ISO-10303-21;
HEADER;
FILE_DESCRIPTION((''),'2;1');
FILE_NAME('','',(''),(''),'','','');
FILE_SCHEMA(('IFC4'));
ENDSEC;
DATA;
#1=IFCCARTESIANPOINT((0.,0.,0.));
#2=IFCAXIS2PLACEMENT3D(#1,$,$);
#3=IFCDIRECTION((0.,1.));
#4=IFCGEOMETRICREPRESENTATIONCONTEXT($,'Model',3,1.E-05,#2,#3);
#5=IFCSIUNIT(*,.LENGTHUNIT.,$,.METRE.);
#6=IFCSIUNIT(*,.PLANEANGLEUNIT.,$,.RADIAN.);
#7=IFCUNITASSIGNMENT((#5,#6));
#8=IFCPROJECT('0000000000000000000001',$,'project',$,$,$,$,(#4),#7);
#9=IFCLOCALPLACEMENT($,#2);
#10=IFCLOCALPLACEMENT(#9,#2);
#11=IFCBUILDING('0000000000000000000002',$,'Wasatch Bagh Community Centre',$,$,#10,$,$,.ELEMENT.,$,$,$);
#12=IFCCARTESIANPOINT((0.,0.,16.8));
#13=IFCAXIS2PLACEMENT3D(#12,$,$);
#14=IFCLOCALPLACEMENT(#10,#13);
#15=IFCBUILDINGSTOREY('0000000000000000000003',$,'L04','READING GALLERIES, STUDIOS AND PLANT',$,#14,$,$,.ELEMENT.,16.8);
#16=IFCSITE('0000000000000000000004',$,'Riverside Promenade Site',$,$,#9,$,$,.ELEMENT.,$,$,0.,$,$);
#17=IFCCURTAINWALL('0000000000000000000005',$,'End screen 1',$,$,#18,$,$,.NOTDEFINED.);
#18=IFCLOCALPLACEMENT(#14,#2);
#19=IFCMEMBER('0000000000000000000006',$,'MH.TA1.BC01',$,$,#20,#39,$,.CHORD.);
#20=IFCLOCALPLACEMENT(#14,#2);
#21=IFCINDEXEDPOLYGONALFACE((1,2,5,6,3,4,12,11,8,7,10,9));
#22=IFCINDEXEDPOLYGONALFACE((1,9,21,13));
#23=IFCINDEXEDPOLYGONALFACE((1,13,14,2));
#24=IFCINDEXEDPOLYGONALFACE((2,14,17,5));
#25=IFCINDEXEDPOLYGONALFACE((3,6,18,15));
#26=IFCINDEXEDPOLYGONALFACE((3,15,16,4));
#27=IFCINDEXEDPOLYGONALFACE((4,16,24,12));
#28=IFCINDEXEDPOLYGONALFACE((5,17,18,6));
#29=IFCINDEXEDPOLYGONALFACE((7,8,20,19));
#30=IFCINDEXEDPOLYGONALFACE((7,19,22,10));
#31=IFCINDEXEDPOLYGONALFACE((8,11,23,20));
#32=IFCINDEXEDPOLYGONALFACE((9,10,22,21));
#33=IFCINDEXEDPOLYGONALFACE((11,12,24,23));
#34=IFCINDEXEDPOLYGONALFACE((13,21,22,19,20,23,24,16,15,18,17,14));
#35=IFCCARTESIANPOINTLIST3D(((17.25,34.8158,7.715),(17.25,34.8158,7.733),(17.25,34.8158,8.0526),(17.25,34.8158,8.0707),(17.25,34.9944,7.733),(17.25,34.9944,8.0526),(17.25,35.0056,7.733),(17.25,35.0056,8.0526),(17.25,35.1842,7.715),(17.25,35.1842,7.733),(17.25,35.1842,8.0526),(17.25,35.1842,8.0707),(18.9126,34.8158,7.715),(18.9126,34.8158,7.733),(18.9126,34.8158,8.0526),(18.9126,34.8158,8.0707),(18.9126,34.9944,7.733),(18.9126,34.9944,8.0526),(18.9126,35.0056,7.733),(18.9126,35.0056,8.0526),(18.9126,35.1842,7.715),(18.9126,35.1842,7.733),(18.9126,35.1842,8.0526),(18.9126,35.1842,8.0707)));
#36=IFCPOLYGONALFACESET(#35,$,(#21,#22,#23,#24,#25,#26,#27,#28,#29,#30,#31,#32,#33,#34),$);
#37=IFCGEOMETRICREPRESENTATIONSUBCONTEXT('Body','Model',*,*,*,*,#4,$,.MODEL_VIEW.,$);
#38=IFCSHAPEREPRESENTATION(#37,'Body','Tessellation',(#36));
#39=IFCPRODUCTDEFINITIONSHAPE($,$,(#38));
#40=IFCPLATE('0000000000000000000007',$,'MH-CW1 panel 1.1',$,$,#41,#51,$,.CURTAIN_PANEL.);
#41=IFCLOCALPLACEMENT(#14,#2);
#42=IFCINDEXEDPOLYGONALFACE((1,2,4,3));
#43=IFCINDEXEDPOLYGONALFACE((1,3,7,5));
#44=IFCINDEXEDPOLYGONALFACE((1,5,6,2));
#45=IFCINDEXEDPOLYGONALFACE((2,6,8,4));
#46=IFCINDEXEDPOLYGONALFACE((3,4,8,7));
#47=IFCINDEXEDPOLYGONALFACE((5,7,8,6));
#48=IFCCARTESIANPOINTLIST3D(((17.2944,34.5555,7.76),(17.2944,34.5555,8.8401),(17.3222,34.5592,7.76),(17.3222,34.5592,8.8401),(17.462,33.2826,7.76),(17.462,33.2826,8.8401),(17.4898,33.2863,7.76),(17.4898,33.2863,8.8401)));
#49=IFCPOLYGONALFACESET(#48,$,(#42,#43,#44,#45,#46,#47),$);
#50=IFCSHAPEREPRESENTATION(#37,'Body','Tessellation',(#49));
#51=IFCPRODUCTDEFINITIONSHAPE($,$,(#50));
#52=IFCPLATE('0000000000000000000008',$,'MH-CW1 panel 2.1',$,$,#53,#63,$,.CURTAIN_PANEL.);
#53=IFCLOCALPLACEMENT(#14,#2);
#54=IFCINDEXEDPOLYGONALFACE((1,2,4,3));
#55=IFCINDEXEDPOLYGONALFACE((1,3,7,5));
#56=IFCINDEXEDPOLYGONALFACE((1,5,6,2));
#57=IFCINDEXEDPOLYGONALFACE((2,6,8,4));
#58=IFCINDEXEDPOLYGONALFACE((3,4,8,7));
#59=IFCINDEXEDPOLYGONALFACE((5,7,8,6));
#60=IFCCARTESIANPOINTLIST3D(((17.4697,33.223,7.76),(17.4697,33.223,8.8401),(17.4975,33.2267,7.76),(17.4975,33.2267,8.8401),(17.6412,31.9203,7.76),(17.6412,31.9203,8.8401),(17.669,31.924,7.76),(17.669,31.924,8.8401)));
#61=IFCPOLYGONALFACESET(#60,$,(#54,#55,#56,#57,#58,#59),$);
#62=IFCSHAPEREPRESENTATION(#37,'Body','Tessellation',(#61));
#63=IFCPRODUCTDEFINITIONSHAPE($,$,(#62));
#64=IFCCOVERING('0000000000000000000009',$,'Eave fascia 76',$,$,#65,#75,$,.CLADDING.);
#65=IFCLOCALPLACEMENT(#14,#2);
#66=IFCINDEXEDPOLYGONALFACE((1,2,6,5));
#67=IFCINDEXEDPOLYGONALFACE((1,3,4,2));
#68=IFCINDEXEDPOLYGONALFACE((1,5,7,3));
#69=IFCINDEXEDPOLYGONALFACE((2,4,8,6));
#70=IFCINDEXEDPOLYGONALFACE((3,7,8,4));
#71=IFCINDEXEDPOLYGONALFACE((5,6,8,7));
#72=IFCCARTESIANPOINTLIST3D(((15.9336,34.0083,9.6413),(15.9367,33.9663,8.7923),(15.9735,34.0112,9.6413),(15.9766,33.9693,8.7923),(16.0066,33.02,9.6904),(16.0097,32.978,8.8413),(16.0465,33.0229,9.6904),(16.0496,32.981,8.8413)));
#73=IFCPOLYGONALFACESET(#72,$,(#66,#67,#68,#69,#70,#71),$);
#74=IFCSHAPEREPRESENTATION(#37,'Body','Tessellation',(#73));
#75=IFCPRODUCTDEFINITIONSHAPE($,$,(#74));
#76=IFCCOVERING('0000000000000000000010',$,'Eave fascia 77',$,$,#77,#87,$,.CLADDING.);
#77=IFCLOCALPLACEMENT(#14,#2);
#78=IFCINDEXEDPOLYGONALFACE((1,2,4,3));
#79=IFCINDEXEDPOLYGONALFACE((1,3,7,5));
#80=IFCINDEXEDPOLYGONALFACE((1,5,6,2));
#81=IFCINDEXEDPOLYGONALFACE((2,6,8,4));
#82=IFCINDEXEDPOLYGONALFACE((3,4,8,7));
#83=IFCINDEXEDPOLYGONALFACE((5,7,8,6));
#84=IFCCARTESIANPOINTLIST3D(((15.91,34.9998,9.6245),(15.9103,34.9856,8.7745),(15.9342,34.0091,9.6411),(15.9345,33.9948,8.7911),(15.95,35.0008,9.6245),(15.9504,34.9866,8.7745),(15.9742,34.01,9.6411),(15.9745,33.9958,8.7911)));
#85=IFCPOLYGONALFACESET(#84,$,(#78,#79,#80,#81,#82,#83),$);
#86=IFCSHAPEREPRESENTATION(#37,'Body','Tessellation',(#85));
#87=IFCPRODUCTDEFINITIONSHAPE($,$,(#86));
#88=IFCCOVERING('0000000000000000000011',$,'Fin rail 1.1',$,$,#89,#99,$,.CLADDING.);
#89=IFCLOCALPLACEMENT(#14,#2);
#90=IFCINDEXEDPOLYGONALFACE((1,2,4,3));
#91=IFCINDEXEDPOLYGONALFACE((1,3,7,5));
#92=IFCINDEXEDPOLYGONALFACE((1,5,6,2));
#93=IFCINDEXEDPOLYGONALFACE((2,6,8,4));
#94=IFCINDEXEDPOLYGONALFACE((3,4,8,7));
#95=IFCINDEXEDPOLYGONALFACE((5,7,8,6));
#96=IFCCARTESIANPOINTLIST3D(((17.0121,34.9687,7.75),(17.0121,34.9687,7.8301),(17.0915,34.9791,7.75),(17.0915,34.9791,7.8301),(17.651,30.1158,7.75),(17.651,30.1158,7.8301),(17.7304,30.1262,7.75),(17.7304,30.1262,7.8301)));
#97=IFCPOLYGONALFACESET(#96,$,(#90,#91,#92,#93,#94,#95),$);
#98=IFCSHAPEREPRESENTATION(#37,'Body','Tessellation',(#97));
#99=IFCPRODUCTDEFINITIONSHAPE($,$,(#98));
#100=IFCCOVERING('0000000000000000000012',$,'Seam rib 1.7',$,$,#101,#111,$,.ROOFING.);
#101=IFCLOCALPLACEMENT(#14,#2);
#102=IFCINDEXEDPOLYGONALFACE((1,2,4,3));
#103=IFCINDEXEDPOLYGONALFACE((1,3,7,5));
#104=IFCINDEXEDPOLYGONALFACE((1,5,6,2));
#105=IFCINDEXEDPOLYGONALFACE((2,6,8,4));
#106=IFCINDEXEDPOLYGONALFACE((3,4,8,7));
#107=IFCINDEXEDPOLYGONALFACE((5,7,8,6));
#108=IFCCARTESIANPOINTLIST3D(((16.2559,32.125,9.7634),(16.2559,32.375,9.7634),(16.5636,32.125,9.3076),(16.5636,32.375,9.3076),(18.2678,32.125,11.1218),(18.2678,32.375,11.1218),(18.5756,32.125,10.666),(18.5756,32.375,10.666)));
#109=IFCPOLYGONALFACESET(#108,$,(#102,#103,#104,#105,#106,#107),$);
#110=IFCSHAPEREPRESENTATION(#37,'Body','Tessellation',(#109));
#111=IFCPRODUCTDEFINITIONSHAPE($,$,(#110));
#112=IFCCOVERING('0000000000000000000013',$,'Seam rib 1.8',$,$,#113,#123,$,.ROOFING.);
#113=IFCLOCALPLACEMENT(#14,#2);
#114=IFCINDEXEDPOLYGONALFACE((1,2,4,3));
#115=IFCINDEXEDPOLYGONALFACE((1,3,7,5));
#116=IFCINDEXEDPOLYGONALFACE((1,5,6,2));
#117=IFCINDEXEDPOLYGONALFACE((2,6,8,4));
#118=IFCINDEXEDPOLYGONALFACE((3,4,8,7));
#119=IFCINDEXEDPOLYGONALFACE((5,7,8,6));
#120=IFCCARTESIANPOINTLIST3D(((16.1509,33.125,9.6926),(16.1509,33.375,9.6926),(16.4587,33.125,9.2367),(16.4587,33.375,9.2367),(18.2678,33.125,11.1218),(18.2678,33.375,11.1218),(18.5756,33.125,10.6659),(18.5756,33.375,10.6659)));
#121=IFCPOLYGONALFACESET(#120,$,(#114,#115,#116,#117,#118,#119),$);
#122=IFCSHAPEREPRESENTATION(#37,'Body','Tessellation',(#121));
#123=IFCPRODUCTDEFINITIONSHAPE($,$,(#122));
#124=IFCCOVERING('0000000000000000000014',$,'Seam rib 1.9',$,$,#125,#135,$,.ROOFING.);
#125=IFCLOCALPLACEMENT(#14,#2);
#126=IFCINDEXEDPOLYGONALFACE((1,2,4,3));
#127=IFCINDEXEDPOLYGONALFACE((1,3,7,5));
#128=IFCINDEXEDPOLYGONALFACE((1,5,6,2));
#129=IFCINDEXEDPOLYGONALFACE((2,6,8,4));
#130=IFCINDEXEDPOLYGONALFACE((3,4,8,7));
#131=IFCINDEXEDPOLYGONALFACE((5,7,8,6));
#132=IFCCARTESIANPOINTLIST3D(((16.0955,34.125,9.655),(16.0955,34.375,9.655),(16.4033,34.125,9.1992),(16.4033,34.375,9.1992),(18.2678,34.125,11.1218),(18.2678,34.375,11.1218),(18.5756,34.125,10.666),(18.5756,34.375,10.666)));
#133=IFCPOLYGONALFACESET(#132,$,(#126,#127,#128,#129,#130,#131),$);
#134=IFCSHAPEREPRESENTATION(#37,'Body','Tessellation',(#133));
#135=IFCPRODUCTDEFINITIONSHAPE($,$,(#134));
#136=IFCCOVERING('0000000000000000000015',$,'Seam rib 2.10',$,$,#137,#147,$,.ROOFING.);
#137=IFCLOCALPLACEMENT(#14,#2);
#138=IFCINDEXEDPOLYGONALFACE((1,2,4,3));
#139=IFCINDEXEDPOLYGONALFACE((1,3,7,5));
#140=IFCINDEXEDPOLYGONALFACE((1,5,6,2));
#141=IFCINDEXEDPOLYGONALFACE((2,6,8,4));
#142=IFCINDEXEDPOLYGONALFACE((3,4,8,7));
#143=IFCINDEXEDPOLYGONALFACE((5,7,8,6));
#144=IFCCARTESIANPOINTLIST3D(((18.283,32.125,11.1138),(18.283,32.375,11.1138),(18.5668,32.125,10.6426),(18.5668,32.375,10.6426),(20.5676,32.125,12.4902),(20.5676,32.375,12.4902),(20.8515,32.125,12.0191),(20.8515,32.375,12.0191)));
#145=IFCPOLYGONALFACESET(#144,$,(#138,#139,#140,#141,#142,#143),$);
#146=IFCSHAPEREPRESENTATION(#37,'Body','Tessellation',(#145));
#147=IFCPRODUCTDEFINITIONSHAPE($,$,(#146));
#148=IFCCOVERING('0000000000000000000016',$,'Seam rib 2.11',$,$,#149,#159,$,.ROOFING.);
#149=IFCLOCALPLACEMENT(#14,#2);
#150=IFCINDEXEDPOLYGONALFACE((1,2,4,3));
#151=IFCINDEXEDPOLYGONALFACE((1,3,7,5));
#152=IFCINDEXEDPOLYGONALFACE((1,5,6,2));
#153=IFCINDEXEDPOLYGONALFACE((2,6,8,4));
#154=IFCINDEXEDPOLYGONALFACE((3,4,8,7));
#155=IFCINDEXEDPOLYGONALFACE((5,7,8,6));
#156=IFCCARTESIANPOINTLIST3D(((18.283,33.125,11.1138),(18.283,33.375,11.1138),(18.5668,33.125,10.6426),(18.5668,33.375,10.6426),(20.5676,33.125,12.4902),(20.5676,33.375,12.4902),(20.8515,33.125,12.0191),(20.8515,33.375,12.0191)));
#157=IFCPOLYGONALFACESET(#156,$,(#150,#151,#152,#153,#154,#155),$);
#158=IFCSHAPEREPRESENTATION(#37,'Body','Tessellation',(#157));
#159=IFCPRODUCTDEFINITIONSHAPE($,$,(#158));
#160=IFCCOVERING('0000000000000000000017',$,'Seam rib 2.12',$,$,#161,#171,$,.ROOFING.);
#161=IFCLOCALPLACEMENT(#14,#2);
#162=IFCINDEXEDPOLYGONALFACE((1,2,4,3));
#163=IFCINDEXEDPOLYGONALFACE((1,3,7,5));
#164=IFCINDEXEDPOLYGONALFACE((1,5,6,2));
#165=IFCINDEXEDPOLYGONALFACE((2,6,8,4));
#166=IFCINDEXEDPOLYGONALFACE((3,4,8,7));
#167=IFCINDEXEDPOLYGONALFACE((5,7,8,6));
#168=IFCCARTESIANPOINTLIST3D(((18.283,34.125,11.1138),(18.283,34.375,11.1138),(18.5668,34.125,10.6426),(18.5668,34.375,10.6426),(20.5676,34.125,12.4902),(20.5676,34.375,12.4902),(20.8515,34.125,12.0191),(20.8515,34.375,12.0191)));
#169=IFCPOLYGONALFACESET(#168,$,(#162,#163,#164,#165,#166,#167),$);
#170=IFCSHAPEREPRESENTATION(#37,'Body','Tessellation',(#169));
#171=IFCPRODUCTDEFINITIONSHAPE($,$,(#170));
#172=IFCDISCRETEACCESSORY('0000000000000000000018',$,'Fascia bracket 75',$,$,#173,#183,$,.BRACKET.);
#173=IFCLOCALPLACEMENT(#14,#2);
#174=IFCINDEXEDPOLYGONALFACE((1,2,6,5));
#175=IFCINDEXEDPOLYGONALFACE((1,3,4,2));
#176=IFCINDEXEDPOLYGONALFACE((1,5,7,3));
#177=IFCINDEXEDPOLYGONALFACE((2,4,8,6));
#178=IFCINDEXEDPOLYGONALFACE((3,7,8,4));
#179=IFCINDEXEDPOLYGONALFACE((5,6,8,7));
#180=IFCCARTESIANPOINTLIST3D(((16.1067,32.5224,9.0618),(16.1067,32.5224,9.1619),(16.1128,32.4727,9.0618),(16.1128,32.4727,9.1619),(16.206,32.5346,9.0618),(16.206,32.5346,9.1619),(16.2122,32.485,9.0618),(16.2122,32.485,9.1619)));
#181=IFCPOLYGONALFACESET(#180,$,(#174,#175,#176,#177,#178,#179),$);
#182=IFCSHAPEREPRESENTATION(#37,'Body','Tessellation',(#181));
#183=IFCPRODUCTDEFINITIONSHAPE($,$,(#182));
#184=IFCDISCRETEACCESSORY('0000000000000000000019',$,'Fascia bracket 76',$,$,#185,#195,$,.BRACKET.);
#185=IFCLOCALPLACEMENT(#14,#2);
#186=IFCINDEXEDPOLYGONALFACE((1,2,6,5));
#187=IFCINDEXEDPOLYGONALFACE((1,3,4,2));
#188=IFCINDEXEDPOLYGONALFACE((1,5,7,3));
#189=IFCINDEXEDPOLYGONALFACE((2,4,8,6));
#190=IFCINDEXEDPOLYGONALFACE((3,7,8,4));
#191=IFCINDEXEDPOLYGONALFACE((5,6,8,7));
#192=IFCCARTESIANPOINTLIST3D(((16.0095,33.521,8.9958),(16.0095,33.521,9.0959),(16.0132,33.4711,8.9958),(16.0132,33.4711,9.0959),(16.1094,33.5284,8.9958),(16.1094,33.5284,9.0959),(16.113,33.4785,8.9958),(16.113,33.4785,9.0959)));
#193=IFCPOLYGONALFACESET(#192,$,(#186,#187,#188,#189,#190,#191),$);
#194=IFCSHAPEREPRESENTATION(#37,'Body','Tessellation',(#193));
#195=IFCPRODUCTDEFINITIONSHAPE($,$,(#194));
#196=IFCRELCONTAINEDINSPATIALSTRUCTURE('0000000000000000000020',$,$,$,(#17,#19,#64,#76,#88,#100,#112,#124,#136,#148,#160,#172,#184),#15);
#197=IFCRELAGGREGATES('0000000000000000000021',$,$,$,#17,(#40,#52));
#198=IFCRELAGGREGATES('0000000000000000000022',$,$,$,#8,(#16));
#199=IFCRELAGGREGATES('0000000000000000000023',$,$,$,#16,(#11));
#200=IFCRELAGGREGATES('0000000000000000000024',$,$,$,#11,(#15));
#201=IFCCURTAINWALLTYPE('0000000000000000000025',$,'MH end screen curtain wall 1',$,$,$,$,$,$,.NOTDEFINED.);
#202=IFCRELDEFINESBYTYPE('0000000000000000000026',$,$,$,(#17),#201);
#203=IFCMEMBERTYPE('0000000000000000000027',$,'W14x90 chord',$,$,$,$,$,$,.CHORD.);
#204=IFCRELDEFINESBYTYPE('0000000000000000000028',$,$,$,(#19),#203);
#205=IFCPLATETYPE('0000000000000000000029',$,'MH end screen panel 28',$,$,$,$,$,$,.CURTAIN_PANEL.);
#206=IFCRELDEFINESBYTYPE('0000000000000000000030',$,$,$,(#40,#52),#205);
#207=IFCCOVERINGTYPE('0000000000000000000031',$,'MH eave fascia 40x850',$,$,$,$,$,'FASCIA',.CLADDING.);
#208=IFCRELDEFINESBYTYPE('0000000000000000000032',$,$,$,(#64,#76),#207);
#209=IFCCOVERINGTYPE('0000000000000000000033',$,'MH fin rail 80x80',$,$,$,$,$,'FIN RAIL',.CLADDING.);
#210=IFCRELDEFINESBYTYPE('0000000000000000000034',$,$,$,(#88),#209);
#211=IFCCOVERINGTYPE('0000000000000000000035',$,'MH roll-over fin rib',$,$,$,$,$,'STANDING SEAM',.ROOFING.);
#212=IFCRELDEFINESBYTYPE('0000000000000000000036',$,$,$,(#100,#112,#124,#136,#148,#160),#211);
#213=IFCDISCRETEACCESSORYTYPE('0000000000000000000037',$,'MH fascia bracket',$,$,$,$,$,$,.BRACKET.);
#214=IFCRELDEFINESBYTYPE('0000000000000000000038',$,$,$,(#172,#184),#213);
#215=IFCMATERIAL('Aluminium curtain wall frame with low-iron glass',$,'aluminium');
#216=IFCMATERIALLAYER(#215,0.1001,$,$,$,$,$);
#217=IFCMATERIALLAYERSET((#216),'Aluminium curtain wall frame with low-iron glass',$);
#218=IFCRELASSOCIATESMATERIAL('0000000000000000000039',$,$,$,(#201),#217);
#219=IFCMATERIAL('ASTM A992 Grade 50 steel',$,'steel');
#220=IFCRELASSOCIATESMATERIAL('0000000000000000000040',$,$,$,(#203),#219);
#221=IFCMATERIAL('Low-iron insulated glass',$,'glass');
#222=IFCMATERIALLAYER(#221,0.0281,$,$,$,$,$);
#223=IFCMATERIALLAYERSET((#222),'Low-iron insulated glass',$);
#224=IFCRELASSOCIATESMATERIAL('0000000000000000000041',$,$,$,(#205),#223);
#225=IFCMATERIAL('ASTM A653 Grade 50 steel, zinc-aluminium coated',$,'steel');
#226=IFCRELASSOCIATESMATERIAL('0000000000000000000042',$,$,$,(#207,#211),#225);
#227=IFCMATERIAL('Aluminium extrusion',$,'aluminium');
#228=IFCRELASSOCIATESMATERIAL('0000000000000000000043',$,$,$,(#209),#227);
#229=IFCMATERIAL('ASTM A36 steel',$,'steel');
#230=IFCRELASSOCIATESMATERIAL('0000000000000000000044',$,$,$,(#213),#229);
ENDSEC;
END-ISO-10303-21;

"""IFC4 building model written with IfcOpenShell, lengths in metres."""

from ifc_helpers import new_model, si_unit, direction, frame, origin, origin_2d, place, context, subcontext, project, spatial, polyline, rectangle, i_section, outline, extrude, material, layer, layer_set, material_profile, profile_set, type_object, element, aggregate, save


model = new_model("IFC4")

# Units and contexts
model_context = context("Model", 3, precision=1e-05, world=origin(), true_north=direction((0.0, 1.0)))
body_context = subcontext(model_context, "Body", "Model", "MODEL_VIEW")
ifc_project = project(units=[si_unit("LENGTHUNIT", "METRE"), si_unit("PLANEANGLEUNIT", "RADIAN")], contexts=[model_context])

# Site, building, storey
site_placement = place(None, origin())
site = spatial("IfcSite", under=ifc_project, at=site_placement, Name="Riverside Promenade Site", CompositionType="ELEMENT", RefElevation=0.0)
building_placement = place(site_placement, origin())
building = spatial("IfcBuilding", under=site, at=building_placement, Name="Wasatch Bagh Community Centre", CompositionType="ELEMENT")
storey_placement = place(building_placement, frame((0.0, 0.0, 16.8)))
storey = spatial("IfcBuildingStorey", under=building, at=storey_placement, Name="L04", Description="READING GALLERIES, STUDIOS AND PLANT", CompositionType="ELEMENT", Elevation=16.8)

# Curtain wall
ifc_material_1 = material(Name="Aluminium curtain wall frame with low-iron glass", Category="aluminium")
ifc_layer_1 = layer(ifc_material_1, 0.1001)
ifc_layer_set_1 = layer_set([ifc_layer_1], Name="Aluminium curtain wall frame with low-iron glass")
curtain_wall_type = type_object("IfcCurtainWallType", Name="MH end screen curtain wall 1", PredefinedType="NOTDEFINED", material=ifc_layer_set_1)
curtain_wall_placement = place(storey_placement, origin())
curtain_wall = element("IfcCurtainWall", 1, at=curtain_wall_placement, inside=storey, type_object=curtain_wall_type, Name="End screen 1", PredefinedType="NOTDEFINED")
ifc_material_2 = material(Name="Aluminium extrusion", Category="aluminium")

# Member
ifc_material_3 = material(Name="ASTM A992 Grade 50 steel", Category="steel")
ifc_material_profile_1 = material_profile(ifc_material_3, i_section(OverallWidth=0.3684, OverallDepth=0.3557, WebThickness=0.0112, FlangeThickness=0.0181, at=origin_2d()), Name="W14x90")
ifc_profile_set_1 = profile_set([ifc_material_profile_1], Name="ASTM A992 Grade 50 steel")
member_type_1 = type_object("IfcMemberType", Name="W14x90 chord", PredefinedType="CHORD", material=ifc_profile_set_1)
member_1_placement = place(storey_placement, frame((17.25, 35.0, 7.8928), z_axis=(1.0, 0.0, 0.0), x_axis=(0.0, 1.0, 0.0)))
element("IfcMember", 2, at=member_1_placement, inside=storey, type_object=member_type_1, Name="MH.TA1.BC01", PredefinedType="CHORD", context=body_context, shape_type="SweptSolid", body=[
    extrude(i_section(OverallWidth=0.3684, OverallDepth=0.3557, WebThickness=0.0112, FlangeThickness=0.0181, at=origin_2d()), origin(), (0.0, 0.0, 1.0), 1.6626),
])

# Plates
ifc_material_4 = material(Name="Low-iron insulated glass", Category="glass")
ifc_layer_2 = layer(ifc_material_4, 0.0281)
ifc_layer_set_2 = layer_set([ifc_layer_2], Name="Low-iron insulated glass")
plate_type = type_object("IfcPlateType", Name="MH end screen panel 28", PredefinedType="CURTAIN_PANEL", material=ifc_layer_set_2)
plate_1_placement = place(storey_placement, frame((17.3921, 33.9209, 7.76), z_axis=(0.0, 0.0, 1.0), x_axis=(0.130526, -0.991445, 0.0)))
plate_1 = element("IfcPlate", 3, at=plate_1_placement, type_object=plate_type, Name="MH-CW1 panel 1.1", PredefinedType="CURTAIN_PANEL", context=body_context, shape_type="SweptSolid", body=[
    extrude(rectangle(XDim=1.2839, YDim=0.0281, at=origin_2d()), origin(), (0.0, 0.0, 1.0), 1.0801),
])
plate_2_placement = place(storey_placement, frame((17.5693, 32.5735, 7.76), z_axis=(0.0, 0.0, 1.0), x_axis=(0.130526, -0.991445, 0.0)))
plate_2 = element("IfcPlate", 4, at=plate_2_placement, type_object=plate_type, Name="MH-CW1 panel 2.1", PredefinedType="CURTAIN_PANEL", context=body_context, shape_type="SweptSolid", body=[
    extrude(rectangle(XDim=1.314, YDim=0.0281, at=origin_2d()), origin(), (0.0, 0.0, 1.0), 1.0801),
])
aggregate(curtain_wall, [plate_1, plate_2])

# Coverings
ifc_material_5 = material(Name="ASTM A653 Grade 50 steel, zinc-aluminium coated", Category="steel")
ifc_material_profile_2 = material_profile(ifc_material_5, rectangle(XDim=0.04, YDim=0.8501, at=origin_2d()), Name="FASCIA 40x850")
ifc_profile_set_2 = profile_set([ifc_material_profile_2], Name="ASTM A653 Grade 50 steel, zinc-aluminium coated")
covering_type_1 = type_object("IfcCoveringType", Name="MH eave fascia 40x850", ElementType="FASCIA", PredefinedType="CLADDING", material=ifc_profile_set_2)
covering_1_placement = place(storey_placement, frame((16.0281, 33.0005, 9.2659), z_axis=(-0.073573, 0.996063, -0.049459), x_axis=(-0.997283, -0.073663, 0.0)))
element("IfcCovering", 5, at=covering_1_placement, inside=storey, type_object=covering_type_1, Name="Eave fascia 76", PredefinedType="CLADDING", context=body_context, shape_type="SweptSolid", body=[
    extrude(rectangle(XDim=0.04, YDim=0.8501, at=origin_2d()), origin(), (0.0, 0.0, 1.0), 0.9922),
])
covering_2_placement = place(storey_placement, frame((15.9543, 34.0024, 9.2161), z_axis=(-0.024386, 0.999562, -0.01675), x_axis=(-0.999703, -0.024389, 0.0)))
element("IfcCovering", 6, at=covering_2_placement, inside=storey, type_object=covering_type_1, Name="Eave fascia 77", PredefinedType="CLADDING", context=body_context, shape_type="SweptSolid", body=[
    extrude(rectangle(XDim=0.04, YDim=0.8501, at=origin_2d()), origin(), (0.0, 0.0, 1.0), 0.9912),
])
ifc_material_profile_3 = material_profile(ifc_material_2, rectangle(XDim=0.0801, YDim=0.0801, at=origin_2d()), Name="AL 80x80")
ifc_profile_set_3 = profile_set([ifc_material_profile_3], Name="Aluminium extrusion")
covering_type_2 = type_object("IfcCoveringType", Name="MH fin rail 80x80", ElementType="FIN RAIL", PredefinedType="CLADDING", material=ifc_profile_set_3)
covering_3_placement = place(storey_placement, frame((17.0518, 34.9739, 7.79), z_axis=(0.130533, -0.991444, 0.0), x_axis=(0.991444, 0.130533, 0.0)))
element("IfcCovering", 7, at=covering_3_placement, inside=storey, type_object=covering_type_2, Name="Fin rail 1.1", PredefinedType="CLADDING", context=body_context, shape_type="SweptSolid", body=[
    extrude(rectangle(XDim=0.0801, YDim=0.0801, at=origin_2d()), origin(), (0.0, 0.0, 1.0), 4.8948),
])
covering_type_3 = type_object("IfcCoveringType", Name="MH roll-over fin rib", ElementType="STANDING SEAM", PredefinedType="ROOFING", material=ifc_material_5)
covering_4_placement = place(storey_placement, frame((16.2559, 32.125, 9.7634), z_axis=(-0.559564, 0.0, 0.828787), x_axis=(0.828787, 0.0, 0.559564)))
element("IfcCovering", 8, at=covering_4_placement, inside=storey, type_object=covering_type_3, Name="Seam rib 1.7", PredefinedType="ROOFING", context=body_context, shape_type="SweptSolid", body=[
    extrude(outline(polyline([(0.0, 0.0), (2.4276, 0.0), (2.4276, 0.25), (0.0, 0.25), (0.0, 0.0)])), origin(), (0.0, 0.0, -1.0), 0.55),
])
covering_5_placement = place(storey_placement, frame((16.1509, 33.125, 9.6926), z_axis=(-0.559543, 0.0, 0.828801), x_axis=(0.828801, 0.0, 0.559543)))
element("IfcCovering", 9, at=covering_5_placement, inside=storey, type_object=covering_type_3, Name="Seam rib 1.8", PredefinedType="ROOFING", context=body_context, shape_type="SweptSolid", body=[
    extrude(outline(polyline([(0.0, 0.0), (2.5542, 0.0), (2.5542, 0.25), (0.0, 0.25), (0.0, 0.0)])), origin(), (0.0, 0.0, -1.0), 0.55),
])
covering_6_placement = place(storey_placement, frame((16.0955, 34.125, 9.655), z_axis=(-0.559591, 0.0, 0.828769), x_axis=(0.828769, 0.0, 0.559591)))
element("IfcCovering", 10, at=covering_6_placement, inside=storey, type_object=covering_type_3, Name="Seam rib 1.9", PredefinedType="ROOFING", context=body_context, shape_type="SweptSolid", body=[
    extrude(outline(polyline([(0.0, 0.0), (2.6212, 0.0), (2.6212, 0.25), (0.0, 0.25), (0.0, 0.0)])), origin(), (0.0, 0.0, -1.0), 0.55),
])
for number, where, z_axis, x_axis, name in (
    (11, (18.283, 32.125, 11.1138), (-0.516056, 0.0, 0.856555), (0.856555, 0.0, 0.516056), "Seam rib 2.10"),
    (12, (18.283, 33.125, 11.1138), (-0.516056, 0.0, 0.856555), (0.856555, 0.0, 0.516056), "Seam rib 2.11"),
    (13, (18.283, 34.125, 11.1138), (-0.516056, 0.0, 0.856555), (0.856555, 0.0, 0.516056), "Seam rib 2.12"),
):
    element("IfcCovering", number, at=place(storey_placement, frame(where, z_axis=z_axis, x_axis=x_axis)), inside=storey, type_object=covering_type_3, Name=name, PredefinedType="ROOFING", context=body_context, shape_type="SweptSolid", body=[
        extrude(outline(polyline([(0.0, 0.0), (2.6673, 0.0), (2.6673, 0.25), (0.0, 0.25), (0.0, 0.0)])), origin(), (0.0, 0.0, -1.0), 0.55),
    ])

# Discrete accessories
ifc_material_6 = material(Name="ASTM A36 steel", Category="steel")
discrete_accessory_type_1 = type_object("IfcDiscreteAccessoryType", Name="MH fascia bracket", PredefinedType="BRACKET", material=ifc_material_6)
for number, where, z_axis, x_axis, name in (
    (14, (16.1594, 32.5037, 9.0618), (0.0, 0.0, 1.0), (-0.99248, -0.122411, 0.0), "Fascia bracket 75"),
    (15, (16.0613, 33.4998, 8.9958), (0.0, 0.0, 1.0), (-0.99729, -0.073565, 0.0), "Fascia bracket 76"),
):
    element("IfcDiscreteAccessory", number, at=place(storey_placement, frame(where, z_axis=z_axis, x_axis=x_axis)), inside=storey, type_object=discrete_accessory_type_1, Name=name, PredefinedType="BRACKET", context=body_context, shape_type="SweptSolid", body=[
        extrude(rectangle(XDim=0.1001, YDim=0.05, at=origin_2d()), origin(), (0.0, 0.0, 1.0), 0.1001),
    ])

save(model, "model.ifc")
